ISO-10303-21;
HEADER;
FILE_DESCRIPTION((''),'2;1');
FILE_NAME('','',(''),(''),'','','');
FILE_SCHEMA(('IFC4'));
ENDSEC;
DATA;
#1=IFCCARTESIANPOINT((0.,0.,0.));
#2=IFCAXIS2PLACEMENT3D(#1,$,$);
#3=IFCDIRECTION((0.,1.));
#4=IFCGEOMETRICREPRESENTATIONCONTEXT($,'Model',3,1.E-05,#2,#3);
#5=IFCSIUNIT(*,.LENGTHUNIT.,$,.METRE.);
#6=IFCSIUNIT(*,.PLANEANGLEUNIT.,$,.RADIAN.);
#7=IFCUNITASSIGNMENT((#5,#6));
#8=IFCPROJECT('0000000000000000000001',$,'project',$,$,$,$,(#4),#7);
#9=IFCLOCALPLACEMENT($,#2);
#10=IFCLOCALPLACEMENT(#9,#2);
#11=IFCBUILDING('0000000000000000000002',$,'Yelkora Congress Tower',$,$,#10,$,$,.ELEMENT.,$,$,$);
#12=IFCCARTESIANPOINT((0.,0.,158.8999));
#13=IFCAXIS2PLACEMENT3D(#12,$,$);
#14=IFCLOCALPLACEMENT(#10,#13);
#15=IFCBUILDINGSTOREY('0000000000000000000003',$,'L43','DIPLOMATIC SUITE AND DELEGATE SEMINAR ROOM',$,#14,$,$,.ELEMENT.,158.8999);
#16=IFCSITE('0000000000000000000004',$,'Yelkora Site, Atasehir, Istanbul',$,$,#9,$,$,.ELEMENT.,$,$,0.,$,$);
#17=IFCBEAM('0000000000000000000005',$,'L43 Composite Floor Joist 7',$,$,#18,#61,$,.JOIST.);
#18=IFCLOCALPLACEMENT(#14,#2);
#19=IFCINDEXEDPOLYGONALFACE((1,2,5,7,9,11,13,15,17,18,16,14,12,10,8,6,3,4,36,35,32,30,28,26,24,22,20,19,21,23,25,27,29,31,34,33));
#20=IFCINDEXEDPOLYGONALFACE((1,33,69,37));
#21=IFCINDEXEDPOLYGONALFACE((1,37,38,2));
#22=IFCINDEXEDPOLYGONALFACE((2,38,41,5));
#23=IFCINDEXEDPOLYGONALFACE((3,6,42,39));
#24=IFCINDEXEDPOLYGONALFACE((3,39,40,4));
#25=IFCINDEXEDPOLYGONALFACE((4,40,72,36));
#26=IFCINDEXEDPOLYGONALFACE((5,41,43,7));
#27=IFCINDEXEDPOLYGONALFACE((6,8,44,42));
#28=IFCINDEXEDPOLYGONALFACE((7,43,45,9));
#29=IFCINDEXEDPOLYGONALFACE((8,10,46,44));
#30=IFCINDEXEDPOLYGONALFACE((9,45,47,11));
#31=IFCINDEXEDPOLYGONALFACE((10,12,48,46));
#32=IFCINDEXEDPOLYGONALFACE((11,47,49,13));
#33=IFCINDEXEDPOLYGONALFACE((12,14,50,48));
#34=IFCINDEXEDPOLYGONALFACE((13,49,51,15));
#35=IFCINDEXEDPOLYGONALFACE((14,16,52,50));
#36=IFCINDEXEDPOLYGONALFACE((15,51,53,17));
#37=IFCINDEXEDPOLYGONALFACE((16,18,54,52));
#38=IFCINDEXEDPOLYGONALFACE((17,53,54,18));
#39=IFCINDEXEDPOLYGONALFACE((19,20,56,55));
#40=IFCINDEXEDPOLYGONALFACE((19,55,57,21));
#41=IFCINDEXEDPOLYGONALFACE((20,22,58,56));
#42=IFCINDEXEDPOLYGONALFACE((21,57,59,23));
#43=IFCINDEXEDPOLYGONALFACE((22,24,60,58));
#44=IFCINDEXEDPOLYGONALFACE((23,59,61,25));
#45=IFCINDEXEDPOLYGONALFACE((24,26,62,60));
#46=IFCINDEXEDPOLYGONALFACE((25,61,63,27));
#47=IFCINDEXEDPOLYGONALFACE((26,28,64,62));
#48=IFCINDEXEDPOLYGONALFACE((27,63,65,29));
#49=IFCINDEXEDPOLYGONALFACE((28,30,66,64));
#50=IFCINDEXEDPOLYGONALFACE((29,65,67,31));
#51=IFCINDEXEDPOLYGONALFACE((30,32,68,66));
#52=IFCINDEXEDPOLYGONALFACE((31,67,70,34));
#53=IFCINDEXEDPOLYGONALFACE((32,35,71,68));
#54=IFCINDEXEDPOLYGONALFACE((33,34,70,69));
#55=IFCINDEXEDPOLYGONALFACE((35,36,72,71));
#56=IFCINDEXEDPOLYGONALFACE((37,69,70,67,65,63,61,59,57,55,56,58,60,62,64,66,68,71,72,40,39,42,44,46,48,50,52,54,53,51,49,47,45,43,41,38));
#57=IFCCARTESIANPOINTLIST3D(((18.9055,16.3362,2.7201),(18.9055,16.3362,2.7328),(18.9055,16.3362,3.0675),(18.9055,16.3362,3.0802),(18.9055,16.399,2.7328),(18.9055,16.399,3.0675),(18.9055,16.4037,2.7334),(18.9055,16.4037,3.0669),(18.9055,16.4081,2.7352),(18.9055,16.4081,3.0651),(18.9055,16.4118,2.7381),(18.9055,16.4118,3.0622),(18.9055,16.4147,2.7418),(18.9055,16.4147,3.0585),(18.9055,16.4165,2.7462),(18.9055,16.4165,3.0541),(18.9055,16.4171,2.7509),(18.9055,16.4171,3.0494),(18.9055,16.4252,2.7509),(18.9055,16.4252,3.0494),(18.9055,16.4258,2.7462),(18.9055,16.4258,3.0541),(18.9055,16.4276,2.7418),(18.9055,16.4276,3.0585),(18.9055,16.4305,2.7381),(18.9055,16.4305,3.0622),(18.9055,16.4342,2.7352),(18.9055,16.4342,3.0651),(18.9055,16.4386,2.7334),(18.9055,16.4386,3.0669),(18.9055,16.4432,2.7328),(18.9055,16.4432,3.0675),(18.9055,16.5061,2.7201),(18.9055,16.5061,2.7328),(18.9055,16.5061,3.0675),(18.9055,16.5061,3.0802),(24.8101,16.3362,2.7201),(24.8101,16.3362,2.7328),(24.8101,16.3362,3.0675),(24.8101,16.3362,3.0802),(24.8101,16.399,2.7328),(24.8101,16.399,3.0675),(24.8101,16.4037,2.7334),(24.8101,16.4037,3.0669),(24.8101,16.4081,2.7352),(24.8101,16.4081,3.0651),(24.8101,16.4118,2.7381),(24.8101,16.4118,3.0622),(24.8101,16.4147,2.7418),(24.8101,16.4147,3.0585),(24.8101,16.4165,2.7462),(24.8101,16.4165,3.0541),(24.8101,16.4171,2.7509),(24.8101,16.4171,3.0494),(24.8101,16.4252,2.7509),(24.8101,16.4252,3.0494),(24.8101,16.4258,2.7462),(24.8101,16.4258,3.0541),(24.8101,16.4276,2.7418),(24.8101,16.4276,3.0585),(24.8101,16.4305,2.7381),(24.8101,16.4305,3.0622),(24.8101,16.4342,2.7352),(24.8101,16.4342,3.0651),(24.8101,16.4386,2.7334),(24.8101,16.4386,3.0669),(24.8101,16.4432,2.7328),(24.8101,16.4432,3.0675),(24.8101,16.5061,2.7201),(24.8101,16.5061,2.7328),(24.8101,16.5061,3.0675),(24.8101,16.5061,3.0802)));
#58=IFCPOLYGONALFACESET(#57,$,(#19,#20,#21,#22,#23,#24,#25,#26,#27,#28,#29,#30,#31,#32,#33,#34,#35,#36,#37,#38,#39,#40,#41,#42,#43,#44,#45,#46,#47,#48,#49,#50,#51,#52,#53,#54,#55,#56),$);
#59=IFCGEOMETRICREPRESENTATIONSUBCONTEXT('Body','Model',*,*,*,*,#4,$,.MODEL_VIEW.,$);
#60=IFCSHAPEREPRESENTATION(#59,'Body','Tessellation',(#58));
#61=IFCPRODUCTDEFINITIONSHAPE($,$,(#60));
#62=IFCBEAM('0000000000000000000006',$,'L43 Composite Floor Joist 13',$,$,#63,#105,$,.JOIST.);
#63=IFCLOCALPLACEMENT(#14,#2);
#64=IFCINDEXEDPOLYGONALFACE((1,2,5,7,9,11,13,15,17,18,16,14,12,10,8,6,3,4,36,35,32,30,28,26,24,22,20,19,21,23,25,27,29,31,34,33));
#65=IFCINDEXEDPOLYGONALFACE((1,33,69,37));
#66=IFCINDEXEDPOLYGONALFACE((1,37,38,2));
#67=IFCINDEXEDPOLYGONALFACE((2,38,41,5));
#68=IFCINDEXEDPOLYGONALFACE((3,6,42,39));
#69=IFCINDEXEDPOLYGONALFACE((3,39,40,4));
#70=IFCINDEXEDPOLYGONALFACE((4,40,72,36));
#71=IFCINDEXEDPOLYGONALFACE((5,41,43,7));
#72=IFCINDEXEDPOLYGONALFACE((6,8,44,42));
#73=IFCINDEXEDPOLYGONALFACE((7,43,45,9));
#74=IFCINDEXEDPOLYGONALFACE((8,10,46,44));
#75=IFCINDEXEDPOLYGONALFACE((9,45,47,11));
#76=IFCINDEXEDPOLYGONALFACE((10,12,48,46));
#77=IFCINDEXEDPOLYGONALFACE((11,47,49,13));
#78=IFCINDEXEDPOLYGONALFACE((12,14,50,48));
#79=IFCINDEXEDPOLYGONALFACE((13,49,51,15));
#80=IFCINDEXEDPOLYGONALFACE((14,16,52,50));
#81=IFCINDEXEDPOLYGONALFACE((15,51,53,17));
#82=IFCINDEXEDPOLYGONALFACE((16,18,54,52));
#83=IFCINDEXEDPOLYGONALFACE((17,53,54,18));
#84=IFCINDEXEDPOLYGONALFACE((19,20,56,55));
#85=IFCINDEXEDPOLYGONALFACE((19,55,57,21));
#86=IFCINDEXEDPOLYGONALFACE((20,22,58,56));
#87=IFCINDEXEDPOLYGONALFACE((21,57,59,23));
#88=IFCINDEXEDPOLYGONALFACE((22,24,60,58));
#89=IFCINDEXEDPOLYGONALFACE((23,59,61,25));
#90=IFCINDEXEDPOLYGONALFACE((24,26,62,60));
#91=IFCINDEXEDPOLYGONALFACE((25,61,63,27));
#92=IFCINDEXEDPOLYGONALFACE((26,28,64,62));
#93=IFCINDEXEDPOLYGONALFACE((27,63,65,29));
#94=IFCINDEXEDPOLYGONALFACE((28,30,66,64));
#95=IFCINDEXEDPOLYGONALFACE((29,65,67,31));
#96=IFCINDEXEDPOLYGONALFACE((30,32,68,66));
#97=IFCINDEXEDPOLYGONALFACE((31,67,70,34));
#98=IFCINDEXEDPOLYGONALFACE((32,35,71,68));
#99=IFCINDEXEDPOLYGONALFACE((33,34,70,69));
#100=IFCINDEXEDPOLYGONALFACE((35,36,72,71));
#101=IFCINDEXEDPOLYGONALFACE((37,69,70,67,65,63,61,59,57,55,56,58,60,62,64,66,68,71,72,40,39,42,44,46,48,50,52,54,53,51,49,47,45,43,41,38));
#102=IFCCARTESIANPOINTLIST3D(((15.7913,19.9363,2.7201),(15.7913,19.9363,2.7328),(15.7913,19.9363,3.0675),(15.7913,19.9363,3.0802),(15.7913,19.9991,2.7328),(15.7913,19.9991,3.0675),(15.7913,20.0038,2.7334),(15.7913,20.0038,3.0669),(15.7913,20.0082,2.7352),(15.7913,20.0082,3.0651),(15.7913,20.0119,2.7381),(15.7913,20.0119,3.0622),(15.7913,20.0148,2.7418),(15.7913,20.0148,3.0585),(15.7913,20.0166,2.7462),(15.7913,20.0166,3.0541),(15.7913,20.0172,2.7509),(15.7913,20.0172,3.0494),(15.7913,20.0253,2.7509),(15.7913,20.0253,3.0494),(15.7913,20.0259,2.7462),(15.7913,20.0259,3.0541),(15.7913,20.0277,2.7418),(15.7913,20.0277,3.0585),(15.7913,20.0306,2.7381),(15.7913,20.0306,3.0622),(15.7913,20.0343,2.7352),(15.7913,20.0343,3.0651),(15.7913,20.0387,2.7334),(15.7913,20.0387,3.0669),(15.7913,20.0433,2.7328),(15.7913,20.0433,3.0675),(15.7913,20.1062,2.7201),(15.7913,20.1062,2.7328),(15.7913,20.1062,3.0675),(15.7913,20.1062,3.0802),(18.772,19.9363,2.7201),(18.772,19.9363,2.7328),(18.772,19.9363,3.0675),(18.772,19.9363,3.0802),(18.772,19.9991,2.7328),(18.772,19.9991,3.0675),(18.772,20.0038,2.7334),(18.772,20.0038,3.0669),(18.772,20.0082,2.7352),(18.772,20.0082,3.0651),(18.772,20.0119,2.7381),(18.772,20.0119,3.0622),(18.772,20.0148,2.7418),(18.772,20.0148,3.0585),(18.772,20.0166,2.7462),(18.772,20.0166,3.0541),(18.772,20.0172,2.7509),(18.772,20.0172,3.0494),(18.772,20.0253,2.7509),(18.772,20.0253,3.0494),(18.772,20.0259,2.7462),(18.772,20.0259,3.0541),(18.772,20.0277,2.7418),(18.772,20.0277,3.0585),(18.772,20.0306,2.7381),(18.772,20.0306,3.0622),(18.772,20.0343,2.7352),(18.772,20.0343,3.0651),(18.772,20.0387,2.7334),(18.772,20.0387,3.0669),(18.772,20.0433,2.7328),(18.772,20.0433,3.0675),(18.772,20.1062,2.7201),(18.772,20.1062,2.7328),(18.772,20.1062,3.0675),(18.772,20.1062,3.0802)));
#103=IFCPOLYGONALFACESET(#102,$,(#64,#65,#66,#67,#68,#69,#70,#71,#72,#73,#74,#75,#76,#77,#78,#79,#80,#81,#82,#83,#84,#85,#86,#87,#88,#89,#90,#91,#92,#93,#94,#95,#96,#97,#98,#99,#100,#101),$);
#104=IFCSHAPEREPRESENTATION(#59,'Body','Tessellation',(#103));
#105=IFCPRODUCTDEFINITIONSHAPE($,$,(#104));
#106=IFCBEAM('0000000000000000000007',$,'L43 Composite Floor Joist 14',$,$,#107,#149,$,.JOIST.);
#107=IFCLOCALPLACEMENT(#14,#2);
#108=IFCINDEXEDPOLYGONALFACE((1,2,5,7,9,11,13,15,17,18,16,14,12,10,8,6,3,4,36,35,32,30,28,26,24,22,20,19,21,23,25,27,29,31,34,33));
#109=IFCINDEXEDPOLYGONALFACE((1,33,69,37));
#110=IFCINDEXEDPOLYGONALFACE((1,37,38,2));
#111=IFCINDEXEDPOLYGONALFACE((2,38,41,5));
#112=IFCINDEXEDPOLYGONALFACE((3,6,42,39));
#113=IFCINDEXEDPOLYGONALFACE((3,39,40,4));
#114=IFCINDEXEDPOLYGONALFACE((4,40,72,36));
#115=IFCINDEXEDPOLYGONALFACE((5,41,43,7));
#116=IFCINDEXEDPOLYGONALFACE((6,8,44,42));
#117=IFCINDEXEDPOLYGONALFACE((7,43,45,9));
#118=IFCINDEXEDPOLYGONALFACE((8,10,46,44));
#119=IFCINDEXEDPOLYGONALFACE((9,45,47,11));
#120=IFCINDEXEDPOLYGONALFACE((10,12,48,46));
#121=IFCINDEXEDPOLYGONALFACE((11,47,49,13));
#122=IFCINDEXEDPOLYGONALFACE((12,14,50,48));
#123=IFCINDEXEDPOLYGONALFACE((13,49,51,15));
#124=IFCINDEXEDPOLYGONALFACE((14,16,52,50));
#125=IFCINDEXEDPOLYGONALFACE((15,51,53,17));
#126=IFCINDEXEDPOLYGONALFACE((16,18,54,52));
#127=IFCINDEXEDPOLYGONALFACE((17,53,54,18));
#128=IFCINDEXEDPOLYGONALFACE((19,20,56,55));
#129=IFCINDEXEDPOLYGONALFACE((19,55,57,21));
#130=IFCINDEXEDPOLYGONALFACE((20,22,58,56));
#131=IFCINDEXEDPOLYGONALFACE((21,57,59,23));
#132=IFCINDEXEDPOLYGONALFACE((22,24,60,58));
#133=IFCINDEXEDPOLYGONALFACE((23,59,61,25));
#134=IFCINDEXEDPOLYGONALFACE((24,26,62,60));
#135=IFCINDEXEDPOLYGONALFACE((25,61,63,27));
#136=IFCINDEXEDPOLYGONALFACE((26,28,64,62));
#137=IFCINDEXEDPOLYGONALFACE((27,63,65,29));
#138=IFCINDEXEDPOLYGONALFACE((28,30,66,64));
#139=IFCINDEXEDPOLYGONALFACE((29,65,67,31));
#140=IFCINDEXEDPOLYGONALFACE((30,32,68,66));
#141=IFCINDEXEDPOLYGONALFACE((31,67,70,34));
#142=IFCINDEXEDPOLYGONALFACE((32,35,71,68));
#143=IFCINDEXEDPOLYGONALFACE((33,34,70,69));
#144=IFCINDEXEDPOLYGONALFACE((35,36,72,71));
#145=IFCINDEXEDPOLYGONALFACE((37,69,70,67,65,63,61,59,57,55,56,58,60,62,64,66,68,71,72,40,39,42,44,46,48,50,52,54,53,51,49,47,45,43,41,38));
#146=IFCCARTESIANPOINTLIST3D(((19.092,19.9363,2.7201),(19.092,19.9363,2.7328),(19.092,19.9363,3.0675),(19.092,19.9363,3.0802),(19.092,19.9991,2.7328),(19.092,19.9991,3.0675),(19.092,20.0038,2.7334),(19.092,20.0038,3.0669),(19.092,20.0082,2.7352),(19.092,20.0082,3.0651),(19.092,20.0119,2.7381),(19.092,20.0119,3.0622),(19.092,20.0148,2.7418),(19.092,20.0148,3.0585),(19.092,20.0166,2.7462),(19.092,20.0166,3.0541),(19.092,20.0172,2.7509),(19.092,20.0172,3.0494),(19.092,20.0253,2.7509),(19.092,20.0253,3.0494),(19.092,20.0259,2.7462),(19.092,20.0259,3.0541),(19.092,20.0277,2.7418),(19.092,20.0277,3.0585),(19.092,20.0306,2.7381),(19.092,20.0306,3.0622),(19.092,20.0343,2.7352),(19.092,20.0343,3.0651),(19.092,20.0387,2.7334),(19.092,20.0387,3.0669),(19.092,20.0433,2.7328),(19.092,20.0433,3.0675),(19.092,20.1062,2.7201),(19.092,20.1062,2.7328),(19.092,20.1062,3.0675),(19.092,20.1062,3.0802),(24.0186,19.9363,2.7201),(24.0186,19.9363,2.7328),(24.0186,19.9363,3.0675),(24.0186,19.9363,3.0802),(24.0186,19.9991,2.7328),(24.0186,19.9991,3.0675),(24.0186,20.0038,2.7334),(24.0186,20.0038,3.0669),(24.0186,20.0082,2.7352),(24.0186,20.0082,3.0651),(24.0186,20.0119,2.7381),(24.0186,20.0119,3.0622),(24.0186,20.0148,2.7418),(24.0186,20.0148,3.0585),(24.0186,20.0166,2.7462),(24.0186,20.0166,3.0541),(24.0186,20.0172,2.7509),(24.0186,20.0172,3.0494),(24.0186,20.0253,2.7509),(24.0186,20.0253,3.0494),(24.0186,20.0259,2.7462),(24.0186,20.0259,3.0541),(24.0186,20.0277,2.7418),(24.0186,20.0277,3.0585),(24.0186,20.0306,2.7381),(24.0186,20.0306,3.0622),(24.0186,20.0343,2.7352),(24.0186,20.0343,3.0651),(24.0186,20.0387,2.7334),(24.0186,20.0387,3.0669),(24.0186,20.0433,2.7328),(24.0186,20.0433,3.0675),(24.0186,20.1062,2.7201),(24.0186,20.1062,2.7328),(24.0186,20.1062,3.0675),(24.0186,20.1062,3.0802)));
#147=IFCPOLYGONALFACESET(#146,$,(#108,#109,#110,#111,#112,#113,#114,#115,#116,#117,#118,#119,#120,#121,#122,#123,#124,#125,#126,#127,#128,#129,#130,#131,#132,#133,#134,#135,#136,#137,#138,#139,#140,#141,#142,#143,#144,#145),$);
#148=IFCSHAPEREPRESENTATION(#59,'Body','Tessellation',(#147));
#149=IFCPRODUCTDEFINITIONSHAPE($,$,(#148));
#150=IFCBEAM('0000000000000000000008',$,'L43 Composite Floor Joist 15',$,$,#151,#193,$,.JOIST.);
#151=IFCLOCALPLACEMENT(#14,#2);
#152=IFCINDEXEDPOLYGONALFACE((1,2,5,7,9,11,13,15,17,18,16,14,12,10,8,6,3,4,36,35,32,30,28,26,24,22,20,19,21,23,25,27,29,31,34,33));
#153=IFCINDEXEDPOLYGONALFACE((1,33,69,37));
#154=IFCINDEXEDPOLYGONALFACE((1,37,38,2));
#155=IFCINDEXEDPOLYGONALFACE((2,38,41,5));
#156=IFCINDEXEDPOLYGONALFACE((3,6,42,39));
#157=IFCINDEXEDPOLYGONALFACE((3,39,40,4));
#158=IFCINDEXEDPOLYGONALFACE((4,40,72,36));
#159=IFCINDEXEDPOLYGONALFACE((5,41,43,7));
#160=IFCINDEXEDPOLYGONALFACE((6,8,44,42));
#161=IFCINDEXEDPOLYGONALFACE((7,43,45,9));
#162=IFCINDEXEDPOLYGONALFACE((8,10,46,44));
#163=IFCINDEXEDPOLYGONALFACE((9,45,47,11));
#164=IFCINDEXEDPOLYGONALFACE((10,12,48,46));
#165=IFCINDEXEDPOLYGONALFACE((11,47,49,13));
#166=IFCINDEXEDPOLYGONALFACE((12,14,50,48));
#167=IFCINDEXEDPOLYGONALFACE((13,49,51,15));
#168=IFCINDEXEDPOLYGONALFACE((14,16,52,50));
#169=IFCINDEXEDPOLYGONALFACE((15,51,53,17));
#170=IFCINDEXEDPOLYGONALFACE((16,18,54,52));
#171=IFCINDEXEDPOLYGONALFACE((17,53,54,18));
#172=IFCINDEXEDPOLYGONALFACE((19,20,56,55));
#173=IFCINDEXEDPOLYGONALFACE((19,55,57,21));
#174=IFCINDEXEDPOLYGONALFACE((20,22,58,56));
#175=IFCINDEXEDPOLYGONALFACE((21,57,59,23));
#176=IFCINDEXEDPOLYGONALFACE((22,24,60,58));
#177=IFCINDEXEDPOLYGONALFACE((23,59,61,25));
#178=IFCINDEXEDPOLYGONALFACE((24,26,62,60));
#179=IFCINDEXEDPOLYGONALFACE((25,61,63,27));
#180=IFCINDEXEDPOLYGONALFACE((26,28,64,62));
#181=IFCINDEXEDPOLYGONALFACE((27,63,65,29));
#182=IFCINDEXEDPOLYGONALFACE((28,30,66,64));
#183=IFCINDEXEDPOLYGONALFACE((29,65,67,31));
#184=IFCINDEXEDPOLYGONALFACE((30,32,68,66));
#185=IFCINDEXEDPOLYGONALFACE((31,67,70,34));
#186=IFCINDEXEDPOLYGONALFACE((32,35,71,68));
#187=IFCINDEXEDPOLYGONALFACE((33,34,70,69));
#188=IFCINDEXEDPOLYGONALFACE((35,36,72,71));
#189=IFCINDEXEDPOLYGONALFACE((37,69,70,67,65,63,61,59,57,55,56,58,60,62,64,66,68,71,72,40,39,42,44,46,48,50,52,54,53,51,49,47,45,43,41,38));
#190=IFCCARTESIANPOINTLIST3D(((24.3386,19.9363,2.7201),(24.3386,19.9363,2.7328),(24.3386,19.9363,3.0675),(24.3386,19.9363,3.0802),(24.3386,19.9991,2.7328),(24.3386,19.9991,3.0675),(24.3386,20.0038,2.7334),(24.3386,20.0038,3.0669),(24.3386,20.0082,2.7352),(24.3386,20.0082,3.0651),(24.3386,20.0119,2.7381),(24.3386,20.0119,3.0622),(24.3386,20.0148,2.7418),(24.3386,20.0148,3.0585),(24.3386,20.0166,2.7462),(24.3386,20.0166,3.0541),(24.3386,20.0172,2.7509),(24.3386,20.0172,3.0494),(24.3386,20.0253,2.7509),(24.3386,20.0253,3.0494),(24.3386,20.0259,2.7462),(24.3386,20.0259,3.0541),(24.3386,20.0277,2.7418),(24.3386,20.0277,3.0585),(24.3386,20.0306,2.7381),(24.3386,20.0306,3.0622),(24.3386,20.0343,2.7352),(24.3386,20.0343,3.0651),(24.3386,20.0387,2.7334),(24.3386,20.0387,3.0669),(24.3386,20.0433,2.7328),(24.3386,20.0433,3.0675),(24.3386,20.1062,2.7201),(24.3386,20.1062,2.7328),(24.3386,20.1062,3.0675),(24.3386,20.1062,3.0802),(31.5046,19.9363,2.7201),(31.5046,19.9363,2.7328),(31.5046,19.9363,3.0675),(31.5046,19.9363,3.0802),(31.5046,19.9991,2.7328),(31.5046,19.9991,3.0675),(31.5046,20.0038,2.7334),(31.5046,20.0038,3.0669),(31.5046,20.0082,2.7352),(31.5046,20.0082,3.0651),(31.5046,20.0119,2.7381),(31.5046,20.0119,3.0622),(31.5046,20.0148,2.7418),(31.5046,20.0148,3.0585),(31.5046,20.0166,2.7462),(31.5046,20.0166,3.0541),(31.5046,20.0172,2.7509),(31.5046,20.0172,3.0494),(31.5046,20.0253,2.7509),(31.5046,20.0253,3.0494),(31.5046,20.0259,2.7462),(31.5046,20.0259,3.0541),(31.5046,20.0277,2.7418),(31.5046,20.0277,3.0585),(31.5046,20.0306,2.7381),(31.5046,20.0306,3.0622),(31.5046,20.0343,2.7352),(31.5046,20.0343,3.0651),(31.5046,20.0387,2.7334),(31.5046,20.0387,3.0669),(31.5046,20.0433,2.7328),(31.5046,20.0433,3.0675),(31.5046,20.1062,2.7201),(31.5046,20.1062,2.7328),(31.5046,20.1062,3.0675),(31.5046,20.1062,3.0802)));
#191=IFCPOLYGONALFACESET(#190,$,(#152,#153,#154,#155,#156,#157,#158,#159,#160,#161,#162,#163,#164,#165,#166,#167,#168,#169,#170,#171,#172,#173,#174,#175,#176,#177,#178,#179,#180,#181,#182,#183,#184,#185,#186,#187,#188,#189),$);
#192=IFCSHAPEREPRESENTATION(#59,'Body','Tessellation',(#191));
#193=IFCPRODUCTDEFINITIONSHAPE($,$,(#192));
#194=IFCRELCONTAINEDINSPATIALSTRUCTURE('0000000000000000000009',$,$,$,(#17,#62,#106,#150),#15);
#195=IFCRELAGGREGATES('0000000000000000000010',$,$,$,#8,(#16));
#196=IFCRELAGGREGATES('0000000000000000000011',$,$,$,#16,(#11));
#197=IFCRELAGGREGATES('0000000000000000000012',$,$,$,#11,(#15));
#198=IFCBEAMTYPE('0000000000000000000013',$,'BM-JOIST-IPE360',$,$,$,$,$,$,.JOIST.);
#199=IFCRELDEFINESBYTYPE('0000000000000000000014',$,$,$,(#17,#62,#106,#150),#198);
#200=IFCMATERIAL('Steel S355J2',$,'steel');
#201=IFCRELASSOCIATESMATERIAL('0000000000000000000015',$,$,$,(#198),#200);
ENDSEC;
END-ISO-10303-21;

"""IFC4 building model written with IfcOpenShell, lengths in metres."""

from ifc_helpers import new_model, si_unit, direction, frame, origin, origin_2d, place, context, subcontext, project, spatial, i_section, extrude, material, material_profile, profile_set, type_object, element, save


model = new_model("IFC4")

# Units and contexts
model_context = context("Model", 3, precision=1e-05, world=origin(), true_north=direction((0.0, 1.0)))
body_context = subcontext(model_context, "Body", "Model", "MODEL_VIEW")
ifc_project = project(units=[si_unit("LENGTHUNIT", "METRE"), si_unit("PLANEANGLEUNIT", "RADIAN")], contexts=[model_context])

# Site, building, storey
site_placement = place(None, origin())
site = spatial("IfcSite", under=ifc_project, at=site_placement, Name="Yelkora Site, Atasehir, Istanbul", CompositionType="ELEMENT", RefElevation=0.0)
building_placement = place(site_placement, origin())
building = spatial("IfcBuilding", under=site, at=building_placement, Name="Yelkora Congress Tower", CompositionType="ELEMENT")
storey_placement = place(building_placement, frame((0.0, 0.0, 158.8999)))
storey = spatial("IfcBuildingStorey", under=building, at=storey_placement, Name="L43", Description="DIPLOMATIC SUITE AND DELEGATE SEMINAR ROOM", CompositionType="ELEMENT", Elevation=158.8999)

# Beams
ifc_material_1 = material(Name="Steel S355J2", Category="steel")
ifc_material_profile_1 = material_profile(ifc_material_1, i_section(OverallWidth=0.1699, OverallDepth=0.3601, WebThickness=0.0081, FlangeThickness=0.0127, FilletRadius=0.0181, at=origin_2d()), Name="IPE 360")
ifc_profile_set_1 = profile_set([ifc_material_profile_1], Name="Steel S355J2")
beam_type_1 = type_object("IfcBeamType", Name="BM-JOIST-IPE360", PredefinedType="JOIST", material=ifc_profile_set_1)
beam_1_placement = place(storey_placement, frame((18.9055, 16.4211, 2.9001), z_axis=(1.0, 0.0, 0.0), x_axis=(0.0, 1.0, 0.0)))
element("IfcBeam", 1, at=beam_1_placement, inside=storey, type_object=beam_type_1, Name="L43 Composite Floor Joist 7", PredefinedType="JOIST", context=body_context, shape_type="SweptSolid", body=[
    extrude(i_section(OverallWidth=0.1699, OverallDepth=0.3601, WebThickness=0.0081, FlangeThickness=0.0127, FilletRadius=0.0181, at=origin_2d()), origin(), (0.0, 0.0, 1.0), 5.9045),
])
beam_2_placement = place(storey_placement, frame((15.7913, 20.0212, 2.9001), z_axis=(1.0, 0.0, 0.0), x_axis=(0.0, 1.0, 0.0)))
element("IfcBeam", 2, at=beam_2_placement, inside=storey, type_object=beam_type_1, Name="L43 Composite Floor Joist 13", PredefinedType="JOIST", context=body_context, shape_type="SweptSolid", body=[
    extrude(i_section(OverallWidth=0.1699, OverallDepth=0.3601, WebThickness=0.0081, FlangeThickness=0.0127, FilletRadius=0.0181, at=origin_2d()), origin(), (0.0, 0.0, 1.0), 2.9807),
])
beam_3_placement = place(storey_placement, frame((19.092, 20.0212, 2.9001), z_axis=(1.0, 0.0, 0.0), x_axis=(0.0, 1.0, 0.0)))
element("IfcBeam", 3, at=beam_3_placement, inside=storey, type_object=beam_type_1, Name="L43 Composite Floor Joist 14", PredefinedType="JOIST", context=body_context, shape_type="SweptSolid", body=[
    extrude(i_section(OverallWidth=0.1699, OverallDepth=0.3601, WebThickness=0.0081, FlangeThickness=0.0127, FilletRadius=0.0181, at=origin_2d()), origin(), (0.0, 0.0, 1.0), 4.9265),
])
beam_4_placement = place(storey_placement, frame((24.3386, 20.0212, 2.9001), z_axis=(1.0, 0.0, 0.0), x_axis=(0.0, 1.0, 0.0)))
element("IfcBeam", 4, at=beam_4_placement, inside=storey, type_object=beam_type_1, Name="L43 Composite Floor Joist 15", PredefinedType="JOIST", context=body_context, shape_type="SweptSolid", body=[
    extrude(i_section(OverallWidth=0.1699, OverallDepth=0.3601, WebThickness=0.0081, FlangeThickness=0.0127, FilletRadius=0.0181, at=origin_2d()), origin(), (0.0, 0.0, 1.0), 7.166),
])

save(model, "model.ifc")
